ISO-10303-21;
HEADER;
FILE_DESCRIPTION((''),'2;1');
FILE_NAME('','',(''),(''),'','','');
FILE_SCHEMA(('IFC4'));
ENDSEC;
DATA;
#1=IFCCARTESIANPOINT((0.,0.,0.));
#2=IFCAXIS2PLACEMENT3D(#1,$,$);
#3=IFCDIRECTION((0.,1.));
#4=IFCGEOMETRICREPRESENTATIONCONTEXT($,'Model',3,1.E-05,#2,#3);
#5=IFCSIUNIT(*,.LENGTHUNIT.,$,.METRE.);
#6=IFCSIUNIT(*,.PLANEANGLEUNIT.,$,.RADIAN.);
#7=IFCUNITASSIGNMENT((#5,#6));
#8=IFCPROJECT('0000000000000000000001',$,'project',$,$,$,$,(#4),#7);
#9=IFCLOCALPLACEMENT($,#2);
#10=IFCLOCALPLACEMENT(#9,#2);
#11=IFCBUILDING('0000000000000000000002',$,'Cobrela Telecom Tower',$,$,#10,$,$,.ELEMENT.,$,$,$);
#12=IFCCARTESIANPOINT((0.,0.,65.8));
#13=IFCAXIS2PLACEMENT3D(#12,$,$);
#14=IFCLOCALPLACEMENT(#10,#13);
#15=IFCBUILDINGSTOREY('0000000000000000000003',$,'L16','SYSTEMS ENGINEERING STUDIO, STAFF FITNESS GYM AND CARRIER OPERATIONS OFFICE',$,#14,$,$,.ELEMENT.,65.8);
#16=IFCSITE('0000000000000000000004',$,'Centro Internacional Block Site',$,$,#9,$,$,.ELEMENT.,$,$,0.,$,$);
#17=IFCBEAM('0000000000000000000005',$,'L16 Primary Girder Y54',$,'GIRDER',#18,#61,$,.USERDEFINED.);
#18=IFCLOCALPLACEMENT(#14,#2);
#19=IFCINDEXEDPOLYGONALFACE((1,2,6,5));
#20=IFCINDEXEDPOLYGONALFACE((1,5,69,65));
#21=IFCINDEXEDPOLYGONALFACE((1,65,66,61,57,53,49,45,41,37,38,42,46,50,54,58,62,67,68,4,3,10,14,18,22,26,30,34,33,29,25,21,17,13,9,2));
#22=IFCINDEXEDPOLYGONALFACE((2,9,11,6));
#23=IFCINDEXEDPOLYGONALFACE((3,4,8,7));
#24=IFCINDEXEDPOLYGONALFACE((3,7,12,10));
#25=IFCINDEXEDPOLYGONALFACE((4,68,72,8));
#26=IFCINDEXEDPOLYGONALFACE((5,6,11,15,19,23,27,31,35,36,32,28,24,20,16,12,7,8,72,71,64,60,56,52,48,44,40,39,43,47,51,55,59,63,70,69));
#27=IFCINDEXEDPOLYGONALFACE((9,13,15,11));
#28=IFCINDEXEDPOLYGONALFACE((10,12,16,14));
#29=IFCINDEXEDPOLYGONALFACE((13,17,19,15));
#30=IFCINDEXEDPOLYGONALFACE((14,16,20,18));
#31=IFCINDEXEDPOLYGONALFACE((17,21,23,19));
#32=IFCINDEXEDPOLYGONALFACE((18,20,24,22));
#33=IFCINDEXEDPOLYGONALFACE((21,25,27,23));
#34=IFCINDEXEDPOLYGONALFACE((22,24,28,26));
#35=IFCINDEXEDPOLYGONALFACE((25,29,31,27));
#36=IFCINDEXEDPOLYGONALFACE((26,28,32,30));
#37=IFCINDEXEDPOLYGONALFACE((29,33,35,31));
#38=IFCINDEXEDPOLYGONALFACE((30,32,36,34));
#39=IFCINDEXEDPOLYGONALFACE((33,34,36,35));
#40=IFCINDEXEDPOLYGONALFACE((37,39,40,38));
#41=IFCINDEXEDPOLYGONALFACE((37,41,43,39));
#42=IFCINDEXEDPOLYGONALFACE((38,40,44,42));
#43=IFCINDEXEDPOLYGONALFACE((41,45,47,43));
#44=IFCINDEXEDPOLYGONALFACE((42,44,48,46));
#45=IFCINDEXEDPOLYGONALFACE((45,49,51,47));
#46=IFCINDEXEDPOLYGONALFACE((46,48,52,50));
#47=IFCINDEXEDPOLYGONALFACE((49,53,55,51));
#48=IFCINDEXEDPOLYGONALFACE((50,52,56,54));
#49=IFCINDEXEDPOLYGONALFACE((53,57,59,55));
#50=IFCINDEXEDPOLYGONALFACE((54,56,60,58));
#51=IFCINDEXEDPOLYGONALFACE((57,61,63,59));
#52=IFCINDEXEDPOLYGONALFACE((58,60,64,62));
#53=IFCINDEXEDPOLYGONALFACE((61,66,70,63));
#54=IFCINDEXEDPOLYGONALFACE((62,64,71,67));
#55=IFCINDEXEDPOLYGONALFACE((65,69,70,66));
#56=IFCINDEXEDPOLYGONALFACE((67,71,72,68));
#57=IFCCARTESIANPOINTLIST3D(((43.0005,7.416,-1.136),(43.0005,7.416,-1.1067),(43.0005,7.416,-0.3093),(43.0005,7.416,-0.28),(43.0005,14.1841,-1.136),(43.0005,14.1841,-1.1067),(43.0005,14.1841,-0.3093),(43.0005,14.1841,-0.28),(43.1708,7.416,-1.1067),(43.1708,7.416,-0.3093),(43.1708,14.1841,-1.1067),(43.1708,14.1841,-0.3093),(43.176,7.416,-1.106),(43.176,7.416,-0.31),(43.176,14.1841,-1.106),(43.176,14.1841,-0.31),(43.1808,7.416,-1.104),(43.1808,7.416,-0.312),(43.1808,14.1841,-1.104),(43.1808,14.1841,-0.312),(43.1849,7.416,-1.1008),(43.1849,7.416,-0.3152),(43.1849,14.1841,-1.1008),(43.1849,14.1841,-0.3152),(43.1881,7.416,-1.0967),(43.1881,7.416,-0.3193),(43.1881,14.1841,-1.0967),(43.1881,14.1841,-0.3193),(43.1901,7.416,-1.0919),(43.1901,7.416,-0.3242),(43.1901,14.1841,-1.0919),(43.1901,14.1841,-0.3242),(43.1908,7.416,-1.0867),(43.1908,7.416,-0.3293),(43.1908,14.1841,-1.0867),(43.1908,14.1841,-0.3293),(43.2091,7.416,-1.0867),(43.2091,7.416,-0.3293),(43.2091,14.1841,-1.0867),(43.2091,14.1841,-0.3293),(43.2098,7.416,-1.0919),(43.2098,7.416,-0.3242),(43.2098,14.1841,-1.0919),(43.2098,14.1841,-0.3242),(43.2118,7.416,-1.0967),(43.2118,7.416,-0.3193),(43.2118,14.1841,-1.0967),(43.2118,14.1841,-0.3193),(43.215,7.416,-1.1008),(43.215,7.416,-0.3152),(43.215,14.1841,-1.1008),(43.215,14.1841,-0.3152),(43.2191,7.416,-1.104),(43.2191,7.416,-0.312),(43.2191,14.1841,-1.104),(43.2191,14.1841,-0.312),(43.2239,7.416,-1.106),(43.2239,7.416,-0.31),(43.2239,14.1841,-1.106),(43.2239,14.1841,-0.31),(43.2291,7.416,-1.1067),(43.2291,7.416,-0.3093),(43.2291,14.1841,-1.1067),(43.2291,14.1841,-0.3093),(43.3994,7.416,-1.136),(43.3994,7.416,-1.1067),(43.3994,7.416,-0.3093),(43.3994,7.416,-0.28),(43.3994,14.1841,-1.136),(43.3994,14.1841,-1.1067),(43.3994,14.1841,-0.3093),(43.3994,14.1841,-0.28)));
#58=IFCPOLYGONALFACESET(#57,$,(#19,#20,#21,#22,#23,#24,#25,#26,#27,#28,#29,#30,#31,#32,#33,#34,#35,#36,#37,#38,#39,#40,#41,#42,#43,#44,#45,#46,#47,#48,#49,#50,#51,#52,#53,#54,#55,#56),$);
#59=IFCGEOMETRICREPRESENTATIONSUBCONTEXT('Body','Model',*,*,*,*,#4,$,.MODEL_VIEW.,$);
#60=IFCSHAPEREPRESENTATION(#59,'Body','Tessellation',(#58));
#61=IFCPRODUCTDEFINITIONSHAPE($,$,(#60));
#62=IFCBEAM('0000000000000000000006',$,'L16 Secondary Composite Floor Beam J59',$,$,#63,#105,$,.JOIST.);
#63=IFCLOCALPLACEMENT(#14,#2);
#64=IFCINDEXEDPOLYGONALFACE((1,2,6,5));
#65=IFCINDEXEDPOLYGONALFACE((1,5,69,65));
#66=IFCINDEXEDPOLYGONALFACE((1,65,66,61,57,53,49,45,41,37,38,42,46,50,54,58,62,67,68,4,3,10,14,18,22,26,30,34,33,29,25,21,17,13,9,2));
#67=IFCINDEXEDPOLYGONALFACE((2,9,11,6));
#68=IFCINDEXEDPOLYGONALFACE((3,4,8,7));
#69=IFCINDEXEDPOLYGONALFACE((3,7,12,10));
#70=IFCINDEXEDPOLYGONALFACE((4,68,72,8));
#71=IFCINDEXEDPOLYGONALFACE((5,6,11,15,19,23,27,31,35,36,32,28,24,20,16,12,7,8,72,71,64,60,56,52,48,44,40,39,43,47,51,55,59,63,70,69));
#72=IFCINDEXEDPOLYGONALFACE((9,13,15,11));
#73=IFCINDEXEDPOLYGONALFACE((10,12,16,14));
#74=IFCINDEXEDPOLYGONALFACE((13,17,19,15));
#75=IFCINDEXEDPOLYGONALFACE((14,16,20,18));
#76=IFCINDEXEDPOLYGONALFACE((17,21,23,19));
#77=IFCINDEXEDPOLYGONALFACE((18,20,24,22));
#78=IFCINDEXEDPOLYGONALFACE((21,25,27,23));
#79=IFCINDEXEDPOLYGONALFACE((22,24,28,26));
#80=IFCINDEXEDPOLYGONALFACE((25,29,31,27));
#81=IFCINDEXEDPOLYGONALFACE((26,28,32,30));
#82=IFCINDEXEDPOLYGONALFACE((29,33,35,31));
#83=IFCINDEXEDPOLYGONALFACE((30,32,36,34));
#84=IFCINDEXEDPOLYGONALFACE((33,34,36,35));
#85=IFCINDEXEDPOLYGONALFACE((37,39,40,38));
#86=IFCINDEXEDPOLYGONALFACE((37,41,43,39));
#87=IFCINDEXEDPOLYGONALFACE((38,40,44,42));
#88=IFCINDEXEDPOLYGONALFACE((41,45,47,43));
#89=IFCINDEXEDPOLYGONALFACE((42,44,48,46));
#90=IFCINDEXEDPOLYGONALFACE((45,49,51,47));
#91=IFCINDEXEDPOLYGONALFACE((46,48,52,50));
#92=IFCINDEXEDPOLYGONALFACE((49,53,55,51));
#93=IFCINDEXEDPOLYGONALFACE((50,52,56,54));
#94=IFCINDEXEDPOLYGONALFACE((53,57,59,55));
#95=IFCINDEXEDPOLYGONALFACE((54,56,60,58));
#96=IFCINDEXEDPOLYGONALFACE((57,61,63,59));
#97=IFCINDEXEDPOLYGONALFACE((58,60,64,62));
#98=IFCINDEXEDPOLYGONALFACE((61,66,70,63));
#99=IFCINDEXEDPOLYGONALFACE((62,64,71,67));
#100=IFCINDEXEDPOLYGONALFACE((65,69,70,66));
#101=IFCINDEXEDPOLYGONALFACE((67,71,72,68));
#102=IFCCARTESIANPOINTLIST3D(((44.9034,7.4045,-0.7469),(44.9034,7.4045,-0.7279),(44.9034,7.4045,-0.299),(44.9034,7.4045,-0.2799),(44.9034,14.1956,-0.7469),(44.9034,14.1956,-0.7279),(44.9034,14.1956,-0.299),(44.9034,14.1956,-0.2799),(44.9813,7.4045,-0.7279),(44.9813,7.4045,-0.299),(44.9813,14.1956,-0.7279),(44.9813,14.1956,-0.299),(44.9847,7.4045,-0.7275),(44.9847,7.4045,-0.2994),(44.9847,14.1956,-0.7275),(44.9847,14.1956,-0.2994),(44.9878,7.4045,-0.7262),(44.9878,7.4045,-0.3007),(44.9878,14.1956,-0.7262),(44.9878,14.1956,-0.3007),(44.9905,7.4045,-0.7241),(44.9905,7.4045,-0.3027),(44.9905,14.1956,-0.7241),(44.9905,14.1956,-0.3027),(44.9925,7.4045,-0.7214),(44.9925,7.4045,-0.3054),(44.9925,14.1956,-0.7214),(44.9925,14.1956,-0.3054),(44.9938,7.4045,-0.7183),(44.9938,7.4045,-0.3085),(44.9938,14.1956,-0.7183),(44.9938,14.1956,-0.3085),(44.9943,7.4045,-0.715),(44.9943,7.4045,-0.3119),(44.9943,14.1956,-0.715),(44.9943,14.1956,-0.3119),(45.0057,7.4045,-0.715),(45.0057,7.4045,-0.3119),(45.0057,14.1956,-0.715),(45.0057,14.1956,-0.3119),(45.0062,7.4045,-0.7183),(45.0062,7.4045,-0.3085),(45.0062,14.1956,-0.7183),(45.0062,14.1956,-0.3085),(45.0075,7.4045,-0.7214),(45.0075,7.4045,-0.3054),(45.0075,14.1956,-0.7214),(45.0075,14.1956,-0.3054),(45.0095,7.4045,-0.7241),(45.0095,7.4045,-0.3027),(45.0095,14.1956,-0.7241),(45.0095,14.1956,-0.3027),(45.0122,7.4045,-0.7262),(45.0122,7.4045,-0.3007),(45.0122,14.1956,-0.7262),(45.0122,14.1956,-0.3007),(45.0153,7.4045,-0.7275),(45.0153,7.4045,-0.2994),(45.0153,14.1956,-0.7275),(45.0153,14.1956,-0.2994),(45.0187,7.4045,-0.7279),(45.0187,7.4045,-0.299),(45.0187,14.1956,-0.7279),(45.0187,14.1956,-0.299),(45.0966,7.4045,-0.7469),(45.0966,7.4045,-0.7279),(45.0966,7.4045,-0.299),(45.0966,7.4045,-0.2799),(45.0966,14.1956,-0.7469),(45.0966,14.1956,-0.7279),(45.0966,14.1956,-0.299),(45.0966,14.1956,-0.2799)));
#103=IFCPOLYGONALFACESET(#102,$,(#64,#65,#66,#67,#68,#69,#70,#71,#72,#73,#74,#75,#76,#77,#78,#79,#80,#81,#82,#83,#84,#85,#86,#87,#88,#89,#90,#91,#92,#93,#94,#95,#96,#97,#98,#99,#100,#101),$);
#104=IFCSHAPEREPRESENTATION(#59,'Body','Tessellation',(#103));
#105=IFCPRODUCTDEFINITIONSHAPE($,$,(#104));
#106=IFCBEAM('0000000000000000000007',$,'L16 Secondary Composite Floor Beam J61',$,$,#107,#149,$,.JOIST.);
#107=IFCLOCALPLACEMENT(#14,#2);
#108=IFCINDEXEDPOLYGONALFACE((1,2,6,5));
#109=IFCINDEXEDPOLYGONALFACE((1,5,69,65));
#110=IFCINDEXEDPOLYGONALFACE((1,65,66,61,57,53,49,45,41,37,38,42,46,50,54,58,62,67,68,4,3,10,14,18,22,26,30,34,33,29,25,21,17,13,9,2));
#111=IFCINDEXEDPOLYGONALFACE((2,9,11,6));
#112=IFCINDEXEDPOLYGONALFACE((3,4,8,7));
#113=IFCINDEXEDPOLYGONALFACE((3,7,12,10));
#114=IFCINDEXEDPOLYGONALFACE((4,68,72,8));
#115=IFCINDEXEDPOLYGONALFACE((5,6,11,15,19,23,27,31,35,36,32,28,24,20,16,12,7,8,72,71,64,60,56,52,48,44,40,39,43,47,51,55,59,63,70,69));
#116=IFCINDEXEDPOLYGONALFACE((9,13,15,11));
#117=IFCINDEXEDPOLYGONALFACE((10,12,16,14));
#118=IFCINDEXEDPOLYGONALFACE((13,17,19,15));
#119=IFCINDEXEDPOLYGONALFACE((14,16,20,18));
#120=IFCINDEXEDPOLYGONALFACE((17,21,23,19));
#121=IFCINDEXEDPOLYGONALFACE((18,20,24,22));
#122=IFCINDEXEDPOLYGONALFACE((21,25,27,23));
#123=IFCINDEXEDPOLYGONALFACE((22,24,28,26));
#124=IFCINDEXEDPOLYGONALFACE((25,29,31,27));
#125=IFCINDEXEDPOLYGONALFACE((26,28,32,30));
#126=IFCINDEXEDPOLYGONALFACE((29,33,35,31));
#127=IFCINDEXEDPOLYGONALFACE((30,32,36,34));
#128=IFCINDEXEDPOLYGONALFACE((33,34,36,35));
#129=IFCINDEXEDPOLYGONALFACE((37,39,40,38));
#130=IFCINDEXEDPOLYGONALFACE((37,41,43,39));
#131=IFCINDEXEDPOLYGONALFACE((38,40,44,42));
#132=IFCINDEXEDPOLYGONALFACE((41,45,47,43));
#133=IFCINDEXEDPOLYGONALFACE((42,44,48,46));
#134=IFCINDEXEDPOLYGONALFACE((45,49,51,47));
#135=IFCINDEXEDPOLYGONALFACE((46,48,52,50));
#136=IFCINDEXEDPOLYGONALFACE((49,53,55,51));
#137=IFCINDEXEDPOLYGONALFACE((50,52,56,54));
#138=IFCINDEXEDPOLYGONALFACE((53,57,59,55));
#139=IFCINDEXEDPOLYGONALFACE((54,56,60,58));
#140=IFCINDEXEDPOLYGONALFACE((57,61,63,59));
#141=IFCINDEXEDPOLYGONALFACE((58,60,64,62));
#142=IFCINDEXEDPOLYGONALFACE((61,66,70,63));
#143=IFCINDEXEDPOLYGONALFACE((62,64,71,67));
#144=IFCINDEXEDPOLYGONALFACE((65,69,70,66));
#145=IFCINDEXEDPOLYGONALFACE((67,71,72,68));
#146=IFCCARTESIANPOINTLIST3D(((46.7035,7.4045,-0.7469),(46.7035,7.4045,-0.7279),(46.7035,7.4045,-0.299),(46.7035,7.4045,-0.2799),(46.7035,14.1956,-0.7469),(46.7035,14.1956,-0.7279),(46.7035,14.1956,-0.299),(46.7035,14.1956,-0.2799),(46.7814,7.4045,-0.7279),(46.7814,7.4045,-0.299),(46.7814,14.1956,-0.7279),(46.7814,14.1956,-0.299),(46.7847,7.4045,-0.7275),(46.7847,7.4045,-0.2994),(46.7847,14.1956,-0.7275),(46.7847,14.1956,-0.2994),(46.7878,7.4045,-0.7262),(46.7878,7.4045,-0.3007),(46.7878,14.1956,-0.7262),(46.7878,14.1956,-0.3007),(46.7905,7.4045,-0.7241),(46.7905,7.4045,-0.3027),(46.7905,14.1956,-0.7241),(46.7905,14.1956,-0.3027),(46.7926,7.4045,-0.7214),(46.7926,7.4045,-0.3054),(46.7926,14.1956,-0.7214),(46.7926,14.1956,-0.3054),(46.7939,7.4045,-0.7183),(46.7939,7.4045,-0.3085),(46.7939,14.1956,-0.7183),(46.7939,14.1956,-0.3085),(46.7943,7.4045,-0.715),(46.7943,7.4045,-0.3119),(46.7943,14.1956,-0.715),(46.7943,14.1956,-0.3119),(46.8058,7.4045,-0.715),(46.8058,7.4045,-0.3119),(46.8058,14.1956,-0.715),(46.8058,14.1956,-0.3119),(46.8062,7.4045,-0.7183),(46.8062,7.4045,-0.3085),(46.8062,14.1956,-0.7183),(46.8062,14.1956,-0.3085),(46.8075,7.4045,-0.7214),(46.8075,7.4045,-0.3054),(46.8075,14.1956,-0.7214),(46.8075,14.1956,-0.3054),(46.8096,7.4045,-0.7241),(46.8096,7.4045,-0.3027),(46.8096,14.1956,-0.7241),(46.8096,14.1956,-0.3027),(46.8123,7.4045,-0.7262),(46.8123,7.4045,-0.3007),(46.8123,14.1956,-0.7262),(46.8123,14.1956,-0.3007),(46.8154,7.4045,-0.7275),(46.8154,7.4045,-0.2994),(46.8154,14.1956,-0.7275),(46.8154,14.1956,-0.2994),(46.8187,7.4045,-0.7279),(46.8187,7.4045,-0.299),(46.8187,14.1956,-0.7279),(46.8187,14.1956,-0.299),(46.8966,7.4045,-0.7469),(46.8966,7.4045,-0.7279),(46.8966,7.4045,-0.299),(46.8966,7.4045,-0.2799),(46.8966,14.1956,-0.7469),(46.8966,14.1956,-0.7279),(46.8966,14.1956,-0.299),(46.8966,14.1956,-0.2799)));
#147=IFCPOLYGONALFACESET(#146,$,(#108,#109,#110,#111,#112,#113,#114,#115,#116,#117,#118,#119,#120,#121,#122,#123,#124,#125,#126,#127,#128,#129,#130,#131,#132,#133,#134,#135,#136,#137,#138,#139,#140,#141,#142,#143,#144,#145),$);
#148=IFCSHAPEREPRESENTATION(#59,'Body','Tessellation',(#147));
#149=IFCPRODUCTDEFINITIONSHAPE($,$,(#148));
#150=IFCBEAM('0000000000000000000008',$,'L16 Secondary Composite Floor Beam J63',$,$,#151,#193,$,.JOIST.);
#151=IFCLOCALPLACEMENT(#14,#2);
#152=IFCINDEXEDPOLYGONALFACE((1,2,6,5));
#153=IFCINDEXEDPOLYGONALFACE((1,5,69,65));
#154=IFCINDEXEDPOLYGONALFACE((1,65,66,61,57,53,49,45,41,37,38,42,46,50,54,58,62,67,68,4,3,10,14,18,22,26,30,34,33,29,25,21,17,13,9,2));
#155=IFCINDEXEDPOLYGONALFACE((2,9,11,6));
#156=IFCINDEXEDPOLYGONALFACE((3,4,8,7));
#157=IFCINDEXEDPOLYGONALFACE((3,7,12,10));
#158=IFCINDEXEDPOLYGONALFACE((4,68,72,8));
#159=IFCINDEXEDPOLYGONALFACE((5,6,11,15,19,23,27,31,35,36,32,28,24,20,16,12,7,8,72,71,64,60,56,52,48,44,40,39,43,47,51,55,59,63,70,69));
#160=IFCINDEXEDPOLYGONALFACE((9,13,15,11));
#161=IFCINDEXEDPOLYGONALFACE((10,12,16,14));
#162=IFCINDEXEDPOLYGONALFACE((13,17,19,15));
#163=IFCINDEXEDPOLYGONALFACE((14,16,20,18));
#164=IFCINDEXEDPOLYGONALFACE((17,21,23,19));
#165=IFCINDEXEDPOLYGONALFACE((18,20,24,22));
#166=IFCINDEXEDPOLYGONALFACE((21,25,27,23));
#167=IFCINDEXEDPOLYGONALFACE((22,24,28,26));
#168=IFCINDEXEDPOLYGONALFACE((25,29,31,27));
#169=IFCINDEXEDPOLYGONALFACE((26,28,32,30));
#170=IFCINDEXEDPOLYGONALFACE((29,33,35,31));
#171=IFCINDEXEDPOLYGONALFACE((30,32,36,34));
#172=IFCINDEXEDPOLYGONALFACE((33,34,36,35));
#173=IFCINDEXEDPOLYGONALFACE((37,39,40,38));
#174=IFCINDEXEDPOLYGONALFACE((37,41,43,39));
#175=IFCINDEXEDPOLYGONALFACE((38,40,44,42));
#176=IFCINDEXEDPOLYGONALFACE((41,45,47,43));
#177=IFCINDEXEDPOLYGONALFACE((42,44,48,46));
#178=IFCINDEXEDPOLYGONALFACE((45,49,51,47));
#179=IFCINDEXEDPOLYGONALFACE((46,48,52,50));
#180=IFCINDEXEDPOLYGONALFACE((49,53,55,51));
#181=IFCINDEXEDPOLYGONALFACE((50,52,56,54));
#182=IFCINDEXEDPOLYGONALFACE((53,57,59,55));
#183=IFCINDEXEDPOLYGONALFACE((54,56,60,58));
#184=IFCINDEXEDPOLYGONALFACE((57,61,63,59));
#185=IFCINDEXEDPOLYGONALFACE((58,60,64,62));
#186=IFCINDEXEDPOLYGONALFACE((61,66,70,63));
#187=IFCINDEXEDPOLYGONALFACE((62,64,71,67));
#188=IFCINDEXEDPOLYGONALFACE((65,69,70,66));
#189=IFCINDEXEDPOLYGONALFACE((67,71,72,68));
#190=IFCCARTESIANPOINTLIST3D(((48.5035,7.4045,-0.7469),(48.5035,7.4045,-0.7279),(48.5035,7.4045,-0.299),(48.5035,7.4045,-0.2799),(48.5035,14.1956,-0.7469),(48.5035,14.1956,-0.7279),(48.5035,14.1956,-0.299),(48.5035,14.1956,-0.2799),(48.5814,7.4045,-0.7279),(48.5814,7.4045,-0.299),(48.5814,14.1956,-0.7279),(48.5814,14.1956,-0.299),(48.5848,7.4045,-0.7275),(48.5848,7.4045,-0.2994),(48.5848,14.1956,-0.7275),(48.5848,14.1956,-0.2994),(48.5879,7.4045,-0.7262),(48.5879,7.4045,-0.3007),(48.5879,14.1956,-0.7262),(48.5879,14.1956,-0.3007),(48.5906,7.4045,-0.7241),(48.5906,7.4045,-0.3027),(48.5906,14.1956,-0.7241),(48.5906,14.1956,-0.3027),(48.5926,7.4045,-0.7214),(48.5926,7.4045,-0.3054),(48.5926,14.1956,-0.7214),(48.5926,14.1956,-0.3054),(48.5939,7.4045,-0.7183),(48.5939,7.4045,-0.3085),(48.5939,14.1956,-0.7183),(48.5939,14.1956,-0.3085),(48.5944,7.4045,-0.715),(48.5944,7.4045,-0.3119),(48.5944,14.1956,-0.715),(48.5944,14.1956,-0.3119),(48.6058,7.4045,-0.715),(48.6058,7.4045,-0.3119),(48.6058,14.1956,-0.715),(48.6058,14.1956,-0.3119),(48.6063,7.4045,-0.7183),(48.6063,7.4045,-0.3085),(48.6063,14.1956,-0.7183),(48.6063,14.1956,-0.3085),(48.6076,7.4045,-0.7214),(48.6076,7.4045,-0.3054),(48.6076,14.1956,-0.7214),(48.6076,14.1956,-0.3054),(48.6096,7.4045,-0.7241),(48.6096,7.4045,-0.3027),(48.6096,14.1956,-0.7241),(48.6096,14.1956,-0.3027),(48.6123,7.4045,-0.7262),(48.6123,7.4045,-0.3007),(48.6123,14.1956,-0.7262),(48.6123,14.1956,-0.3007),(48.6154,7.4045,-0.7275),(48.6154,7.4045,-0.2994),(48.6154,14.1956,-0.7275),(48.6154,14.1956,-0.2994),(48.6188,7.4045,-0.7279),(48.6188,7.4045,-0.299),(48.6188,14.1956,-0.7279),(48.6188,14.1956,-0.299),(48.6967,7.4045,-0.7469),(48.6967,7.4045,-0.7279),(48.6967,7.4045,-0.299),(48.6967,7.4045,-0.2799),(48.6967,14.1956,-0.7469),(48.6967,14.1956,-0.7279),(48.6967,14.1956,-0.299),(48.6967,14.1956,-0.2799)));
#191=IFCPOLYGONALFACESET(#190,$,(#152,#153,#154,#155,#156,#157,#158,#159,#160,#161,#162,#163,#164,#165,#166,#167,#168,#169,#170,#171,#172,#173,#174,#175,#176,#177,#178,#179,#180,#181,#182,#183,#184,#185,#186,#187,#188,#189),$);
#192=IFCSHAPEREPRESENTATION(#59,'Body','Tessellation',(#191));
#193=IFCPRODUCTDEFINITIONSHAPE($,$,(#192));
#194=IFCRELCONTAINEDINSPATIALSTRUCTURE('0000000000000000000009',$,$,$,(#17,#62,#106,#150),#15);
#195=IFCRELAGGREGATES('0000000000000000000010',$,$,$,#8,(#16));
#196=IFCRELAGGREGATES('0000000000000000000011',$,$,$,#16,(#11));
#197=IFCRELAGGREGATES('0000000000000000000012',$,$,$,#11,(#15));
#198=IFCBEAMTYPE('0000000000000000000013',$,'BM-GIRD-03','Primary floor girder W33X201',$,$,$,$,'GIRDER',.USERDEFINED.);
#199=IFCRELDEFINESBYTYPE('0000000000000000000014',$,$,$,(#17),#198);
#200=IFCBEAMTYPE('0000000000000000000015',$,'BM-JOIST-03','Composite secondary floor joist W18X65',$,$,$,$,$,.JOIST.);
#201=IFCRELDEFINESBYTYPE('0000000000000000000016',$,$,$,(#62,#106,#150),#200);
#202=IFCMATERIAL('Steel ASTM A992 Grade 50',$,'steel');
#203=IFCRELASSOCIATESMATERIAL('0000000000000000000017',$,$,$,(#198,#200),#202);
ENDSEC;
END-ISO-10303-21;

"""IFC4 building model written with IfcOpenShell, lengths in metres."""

from ifc_helpers import new_model, si_unit, direction, frame, origin, origin_2d, place, context, subcontext, project, spatial, i_section, extrude, material, material_profile, profile_set, type_object, element, save


model = new_model("IFC4")

# Units and contexts
model_context = context("Model", 3, precision=1e-05, world=origin(), true_north=direction((0.0, 1.0)))
body_context = subcontext(model_context, "Body", "Model", "MODEL_VIEW")
ifc_project = project(units=[si_unit("LENGTHUNIT", "METRE"), si_unit("PLANEANGLEUNIT", "RADIAN")], contexts=[model_context])

# Site, building, storey
site_placement = place(None, origin())
site = spatial("IfcSite", under=ifc_project, at=site_placement, Name="Centro Internacional Block Site", CompositionType="ELEMENT", RefElevation=0.0)
building_placement = place(site_placement, origin())
building = spatial("IfcBuilding", under=site, at=building_placement, Name="Cobrela Telecom Tower", CompositionType="ELEMENT")
storey_placement = place(building_placement, frame((0.0, 0.0, 65.8)))
storey = spatial("IfcBuildingStorey", under=building, at=storey_placement, Name="L16", Description="SYSTEMS ENGINEERING STUDIO, STAFF FITNESS GYM AND CARRIER OPERATIONS OFFICE", CompositionType="ELEMENT", Elevation=65.8)

# Shared definitions
ifc_material_1 = material(Name="Steel ASTM A992 Grade 50", Category="steel")

# Beams
ifc_material_profile_1 = material_profile(ifc_material_1, i_section(OverallWidth=0.3989, OverallDepth=0.856, WebThickness=0.0183, FlangeThickness=0.0293, FilletRadius=0.02, at=origin_2d()), Name="W33X201")
ifc_profile_set_1 = profile_set([ifc_material_profile_1], Name="Steel ASTM A992 Grade 50")
beam_type_1 = type_object("IfcBeamType", Name="BM-GIRD-03", Description="Primary floor girder W33X201", ElementType="GIRDER", PredefinedType="USERDEFINED", material=ifc_profile_set_1)
beam_1_placement = place(storey_placement, frame((43.2, 7.416, -0.708), z_axis=(0.0, 1.0, 0.0), x_axis=(-1.0, 0.0, 0.0)))
element("IfcBeam", 1, at=beam_1_placement, inside=storey, type_object=beam_type_1, Name="L16 Primary Girder Y54", ObjectType="GIRDER", PredefinedType="USERDEFINED", context=body_context, shape_type="SweptSolid", body=[
    extrude(i_section(OverallWidth=0.3989, OverallDepth=0.856, WebThickness=0.0183, FlangeThickness=0.0293, FilletRadius=0.02, at=origin_2d()), origin(), (0.0, 0.0, 1.0), 6.7681),
])
ifc_material_profile_2 = material_profile(ifc_material_1, i_section(OverallWidth=0.1931, OverallDepth=0.467, WebThickness=0.0115, FlangeThickness=0.019, FilletRadius=0.0129, at=origin_2d()), Name="W18X65")
ifc_profile_set_2 = profile_set([ifc_material_profile_2], Name="Steel ASTM A992 Grade 50")
beam_type_2 = type_object("IfcBeamType", Name="BM-JOIST-03", Description="Composite secondary floor joist W18X65", PredefinedType="JOIST", material=ifc_profile_set_2)
for number, where, z_axis, x_axis, name in (
    (2, (45.0, 7.4045, -0.5134), (0.0, 1.0, 0.0), (-1.0, 0.0, 0.0), "L16 Secondary Composite Floor Beam J59"),
    (3, (46.8, 7.4045, -0.5134), (0.0, 1.0, 0.0), (-1.0, 0.0, 0.0), "L16 Secondary Composite Floor Beam J61"),
    (4, (48.6001, 7.4045, -0.5134), (0.0, 1.0, 0.0), (-1.0, 0.0, 0.0), "L16 Secondary Composite Floor Beam J63"),
):
    element("IfcBeam", number, at=place(storey_placement, frame(where, z_axis=z_axis, x_axis=x_axis)), inside=storey, type_object=beam_type_2, Name=name, PredefinedType="JOIST", context=body_context, shape_type="SweptSolid", body=[
        extrude(i_section(OverallWidth=0.1931, OverallDepth=0.467, WebThickness=0.0115, FlangeThickness=0.019, FilletRadius=0.0129, at=origin_2d()), origin(), (0.0, 0.0, 1.0), 6.791),
    ])

save(model, "model.ifc")
